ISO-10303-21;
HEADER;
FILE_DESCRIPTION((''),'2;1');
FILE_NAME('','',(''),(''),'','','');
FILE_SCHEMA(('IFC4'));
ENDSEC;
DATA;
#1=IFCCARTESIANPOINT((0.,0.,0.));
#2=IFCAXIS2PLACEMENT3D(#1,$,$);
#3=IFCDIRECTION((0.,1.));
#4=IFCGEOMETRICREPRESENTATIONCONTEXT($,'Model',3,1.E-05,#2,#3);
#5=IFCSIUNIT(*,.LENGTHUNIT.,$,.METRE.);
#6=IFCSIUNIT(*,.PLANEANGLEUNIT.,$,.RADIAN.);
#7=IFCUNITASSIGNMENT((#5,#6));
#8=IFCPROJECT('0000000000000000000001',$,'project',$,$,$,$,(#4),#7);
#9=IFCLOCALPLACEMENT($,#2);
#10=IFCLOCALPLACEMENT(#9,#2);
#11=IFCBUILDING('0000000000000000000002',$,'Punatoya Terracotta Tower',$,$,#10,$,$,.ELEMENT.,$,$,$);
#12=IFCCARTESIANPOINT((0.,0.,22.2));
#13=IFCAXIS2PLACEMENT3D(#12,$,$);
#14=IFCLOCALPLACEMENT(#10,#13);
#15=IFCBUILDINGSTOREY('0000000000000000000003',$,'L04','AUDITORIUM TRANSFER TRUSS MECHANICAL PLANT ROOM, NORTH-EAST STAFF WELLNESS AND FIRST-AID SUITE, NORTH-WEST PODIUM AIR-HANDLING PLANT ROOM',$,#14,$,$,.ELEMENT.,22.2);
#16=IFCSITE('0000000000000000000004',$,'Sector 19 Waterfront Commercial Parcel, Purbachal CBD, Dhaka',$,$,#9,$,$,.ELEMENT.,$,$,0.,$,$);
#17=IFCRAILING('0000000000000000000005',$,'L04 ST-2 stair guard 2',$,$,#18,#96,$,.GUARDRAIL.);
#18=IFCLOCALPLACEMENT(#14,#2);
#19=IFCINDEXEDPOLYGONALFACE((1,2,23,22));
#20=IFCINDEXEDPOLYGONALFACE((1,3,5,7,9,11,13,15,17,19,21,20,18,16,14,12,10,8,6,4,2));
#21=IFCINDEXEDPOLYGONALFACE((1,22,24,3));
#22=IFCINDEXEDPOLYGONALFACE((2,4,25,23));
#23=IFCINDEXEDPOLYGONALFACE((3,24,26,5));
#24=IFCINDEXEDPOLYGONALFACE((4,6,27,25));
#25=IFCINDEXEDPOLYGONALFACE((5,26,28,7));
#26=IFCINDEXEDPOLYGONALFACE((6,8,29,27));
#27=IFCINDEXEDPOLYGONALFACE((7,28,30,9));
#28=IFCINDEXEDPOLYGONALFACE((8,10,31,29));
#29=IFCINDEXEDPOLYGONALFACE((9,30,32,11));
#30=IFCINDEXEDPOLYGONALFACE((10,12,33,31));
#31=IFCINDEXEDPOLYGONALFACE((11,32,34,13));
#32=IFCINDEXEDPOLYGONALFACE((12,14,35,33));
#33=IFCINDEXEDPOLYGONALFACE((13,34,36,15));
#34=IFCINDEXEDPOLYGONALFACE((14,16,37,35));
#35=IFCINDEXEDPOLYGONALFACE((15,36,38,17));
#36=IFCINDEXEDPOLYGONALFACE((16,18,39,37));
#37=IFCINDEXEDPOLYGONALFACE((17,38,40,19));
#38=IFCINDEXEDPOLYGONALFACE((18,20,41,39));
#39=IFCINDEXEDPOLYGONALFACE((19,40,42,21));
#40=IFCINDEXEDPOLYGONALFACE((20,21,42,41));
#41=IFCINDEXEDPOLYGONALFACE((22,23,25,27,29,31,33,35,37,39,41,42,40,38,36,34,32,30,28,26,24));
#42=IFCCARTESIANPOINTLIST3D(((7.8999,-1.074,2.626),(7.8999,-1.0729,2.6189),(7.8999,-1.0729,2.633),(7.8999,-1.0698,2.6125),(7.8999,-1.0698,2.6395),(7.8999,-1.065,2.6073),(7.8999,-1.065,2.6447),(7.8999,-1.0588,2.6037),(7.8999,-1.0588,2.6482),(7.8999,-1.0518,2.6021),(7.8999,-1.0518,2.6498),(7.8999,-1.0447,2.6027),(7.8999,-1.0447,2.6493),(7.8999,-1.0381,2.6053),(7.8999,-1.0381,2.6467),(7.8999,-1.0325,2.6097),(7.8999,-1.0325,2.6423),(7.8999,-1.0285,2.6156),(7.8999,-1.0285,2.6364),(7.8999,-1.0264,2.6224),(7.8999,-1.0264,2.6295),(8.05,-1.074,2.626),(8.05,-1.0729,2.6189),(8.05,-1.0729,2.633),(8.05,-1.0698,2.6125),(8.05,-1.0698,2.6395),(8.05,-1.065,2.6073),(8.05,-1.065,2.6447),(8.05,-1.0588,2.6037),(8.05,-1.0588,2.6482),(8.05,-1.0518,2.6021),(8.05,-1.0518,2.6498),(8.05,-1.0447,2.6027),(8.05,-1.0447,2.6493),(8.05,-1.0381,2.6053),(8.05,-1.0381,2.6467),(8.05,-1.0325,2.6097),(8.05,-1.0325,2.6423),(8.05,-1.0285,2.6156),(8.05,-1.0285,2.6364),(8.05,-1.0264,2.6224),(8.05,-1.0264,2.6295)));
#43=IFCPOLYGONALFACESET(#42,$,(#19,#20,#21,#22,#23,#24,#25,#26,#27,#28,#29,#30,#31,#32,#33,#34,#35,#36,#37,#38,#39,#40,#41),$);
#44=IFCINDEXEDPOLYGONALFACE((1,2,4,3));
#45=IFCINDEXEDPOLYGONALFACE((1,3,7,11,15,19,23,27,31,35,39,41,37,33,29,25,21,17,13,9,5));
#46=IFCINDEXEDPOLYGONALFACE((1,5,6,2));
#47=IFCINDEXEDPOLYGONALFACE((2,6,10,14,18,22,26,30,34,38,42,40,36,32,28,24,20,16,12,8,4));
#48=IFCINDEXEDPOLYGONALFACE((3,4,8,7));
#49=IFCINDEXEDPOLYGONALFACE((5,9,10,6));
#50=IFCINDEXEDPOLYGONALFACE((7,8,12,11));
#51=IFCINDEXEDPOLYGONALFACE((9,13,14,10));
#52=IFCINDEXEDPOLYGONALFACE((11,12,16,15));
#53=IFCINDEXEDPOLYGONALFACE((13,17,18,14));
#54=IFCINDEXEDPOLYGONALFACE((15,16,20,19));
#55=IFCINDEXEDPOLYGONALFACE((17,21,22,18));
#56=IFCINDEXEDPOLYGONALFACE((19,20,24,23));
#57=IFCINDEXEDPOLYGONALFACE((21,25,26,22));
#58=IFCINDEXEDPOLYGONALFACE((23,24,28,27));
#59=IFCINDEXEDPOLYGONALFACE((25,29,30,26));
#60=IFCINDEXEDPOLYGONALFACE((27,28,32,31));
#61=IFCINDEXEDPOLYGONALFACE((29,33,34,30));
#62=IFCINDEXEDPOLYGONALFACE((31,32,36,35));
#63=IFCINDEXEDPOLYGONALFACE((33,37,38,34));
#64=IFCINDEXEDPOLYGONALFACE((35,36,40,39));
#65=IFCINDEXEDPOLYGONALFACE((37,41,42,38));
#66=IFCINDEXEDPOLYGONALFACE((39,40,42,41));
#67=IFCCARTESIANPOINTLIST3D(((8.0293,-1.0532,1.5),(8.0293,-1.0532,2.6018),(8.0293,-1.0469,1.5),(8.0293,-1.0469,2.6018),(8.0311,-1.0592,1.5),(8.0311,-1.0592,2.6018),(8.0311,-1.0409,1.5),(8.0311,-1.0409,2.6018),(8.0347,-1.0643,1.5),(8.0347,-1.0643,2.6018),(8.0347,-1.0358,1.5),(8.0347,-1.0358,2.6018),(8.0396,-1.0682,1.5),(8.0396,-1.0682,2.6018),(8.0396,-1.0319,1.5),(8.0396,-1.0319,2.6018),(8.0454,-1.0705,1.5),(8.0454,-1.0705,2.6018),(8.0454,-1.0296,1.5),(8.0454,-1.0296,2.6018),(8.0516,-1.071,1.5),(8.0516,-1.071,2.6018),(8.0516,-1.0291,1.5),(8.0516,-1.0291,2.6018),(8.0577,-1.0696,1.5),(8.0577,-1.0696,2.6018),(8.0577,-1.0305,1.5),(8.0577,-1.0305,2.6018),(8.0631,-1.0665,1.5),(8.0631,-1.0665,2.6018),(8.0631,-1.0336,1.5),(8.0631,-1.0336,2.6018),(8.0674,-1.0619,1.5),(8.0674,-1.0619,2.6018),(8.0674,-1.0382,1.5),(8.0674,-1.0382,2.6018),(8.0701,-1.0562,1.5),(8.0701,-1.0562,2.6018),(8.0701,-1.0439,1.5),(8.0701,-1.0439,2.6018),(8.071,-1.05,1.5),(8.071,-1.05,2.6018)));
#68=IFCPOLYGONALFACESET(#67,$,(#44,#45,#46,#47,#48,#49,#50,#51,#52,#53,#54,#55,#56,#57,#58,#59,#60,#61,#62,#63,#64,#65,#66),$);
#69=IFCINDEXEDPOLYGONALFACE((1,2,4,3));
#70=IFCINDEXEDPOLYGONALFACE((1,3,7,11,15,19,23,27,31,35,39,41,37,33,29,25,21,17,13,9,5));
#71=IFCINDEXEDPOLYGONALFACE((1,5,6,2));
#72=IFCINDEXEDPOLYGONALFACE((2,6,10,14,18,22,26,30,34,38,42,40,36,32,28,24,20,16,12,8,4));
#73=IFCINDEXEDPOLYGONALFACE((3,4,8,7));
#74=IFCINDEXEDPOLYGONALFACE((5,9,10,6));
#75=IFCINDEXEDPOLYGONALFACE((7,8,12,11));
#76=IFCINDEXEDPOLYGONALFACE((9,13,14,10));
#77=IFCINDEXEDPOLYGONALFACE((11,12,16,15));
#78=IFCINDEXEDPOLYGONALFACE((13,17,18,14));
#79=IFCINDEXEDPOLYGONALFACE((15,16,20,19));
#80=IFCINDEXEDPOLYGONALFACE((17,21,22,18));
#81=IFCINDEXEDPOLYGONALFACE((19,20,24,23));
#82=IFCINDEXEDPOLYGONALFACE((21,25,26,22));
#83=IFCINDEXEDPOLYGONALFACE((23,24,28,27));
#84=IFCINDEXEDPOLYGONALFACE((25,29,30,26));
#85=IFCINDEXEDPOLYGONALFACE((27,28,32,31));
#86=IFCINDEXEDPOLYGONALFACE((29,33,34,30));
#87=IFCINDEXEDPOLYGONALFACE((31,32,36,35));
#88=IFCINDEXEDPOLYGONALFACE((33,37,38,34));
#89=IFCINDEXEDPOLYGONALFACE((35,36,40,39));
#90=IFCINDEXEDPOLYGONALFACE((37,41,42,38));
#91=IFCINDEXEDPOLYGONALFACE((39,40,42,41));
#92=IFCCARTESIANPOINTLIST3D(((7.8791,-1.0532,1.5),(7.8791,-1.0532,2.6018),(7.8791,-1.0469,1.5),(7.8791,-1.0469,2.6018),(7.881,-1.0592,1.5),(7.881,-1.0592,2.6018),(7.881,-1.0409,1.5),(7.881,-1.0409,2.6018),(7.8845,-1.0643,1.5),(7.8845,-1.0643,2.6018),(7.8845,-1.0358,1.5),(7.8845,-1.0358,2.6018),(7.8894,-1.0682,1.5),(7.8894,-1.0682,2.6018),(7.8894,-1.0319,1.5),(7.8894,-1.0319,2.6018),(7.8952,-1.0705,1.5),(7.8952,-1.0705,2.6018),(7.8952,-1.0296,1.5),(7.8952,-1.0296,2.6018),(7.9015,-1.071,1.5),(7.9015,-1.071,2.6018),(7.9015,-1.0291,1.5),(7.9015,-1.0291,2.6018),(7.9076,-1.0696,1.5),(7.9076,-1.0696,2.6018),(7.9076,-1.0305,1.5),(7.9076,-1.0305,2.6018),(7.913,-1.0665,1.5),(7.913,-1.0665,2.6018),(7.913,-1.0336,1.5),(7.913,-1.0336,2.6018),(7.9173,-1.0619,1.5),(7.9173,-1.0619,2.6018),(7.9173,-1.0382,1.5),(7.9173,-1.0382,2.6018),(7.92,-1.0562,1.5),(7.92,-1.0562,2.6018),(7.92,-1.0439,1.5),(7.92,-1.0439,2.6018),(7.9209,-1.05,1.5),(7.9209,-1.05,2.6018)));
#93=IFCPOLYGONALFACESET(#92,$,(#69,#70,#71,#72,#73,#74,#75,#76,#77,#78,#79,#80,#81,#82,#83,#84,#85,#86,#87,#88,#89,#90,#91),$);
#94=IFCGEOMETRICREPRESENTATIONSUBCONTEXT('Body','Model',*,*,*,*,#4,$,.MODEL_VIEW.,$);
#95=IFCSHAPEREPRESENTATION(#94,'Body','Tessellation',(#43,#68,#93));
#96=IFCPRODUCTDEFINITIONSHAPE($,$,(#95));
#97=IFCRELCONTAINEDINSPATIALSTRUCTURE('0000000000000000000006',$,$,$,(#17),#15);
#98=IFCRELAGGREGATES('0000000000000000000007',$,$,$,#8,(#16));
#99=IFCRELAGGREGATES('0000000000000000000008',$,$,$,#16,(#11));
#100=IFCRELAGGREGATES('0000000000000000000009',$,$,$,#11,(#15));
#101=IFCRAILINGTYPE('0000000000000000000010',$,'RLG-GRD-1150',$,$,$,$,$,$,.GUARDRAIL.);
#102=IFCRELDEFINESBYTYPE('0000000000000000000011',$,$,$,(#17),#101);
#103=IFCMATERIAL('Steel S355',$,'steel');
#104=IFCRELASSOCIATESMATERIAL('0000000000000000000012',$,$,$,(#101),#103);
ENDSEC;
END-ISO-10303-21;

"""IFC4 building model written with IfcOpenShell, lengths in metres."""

from ifc_helpers import new_model, si_unit, direction, frame, origin, origin_2d, place, context, subcontext, project, spatial, circle, extrude, material, type_object, element, save


model = new_model("IFC4")

# Units and contexts
model_context = context("Model", 3, precision=1e-05, world=origin(), true_north=direction((0.0, 1.0)))
body_context = subcontext(model_context, "Body", "Model", "MODEL_VIEW")
ifc_project = project(units=[si_unit("LENGTHUNIT", "METRE"), si_unit("PLANEANGLEUNIT", "RADIAN")], contexts=[model_context])

# Site, building, storey
site_placement = place(None, origin())
site = spatial("IfcSite", under=ifc_project, at=site_placement, Name="Sector 19 Waterfront Commercial Parcel, Purbachal CBD, Dhaka", CompositionType="ELEMENT", RefElevation=0.0)
building_placement = place(site_placement, origin())
building = spatial("IfcBuilding", under=site, at=building_placement, Name="Punatoya Terracotta Tower", CompositionType="ELEMENT")
storey_placement = place(building_placement, frame((0.0, 0.0, 22.2)))
storey = spatial("IfcBuildingStorey", under=building, at=storey_placement, Name="L04", Description="AUDITORIUM TRANSFER TRUSS MECHANICAL PLANT ROOM, NORTH-EAST STAFF WELLNESS AND FIRST-AID SUITE, NORTH-WEST PODIUM AIR-HANDLING PLANT ROOM", CompositionType="ELEMENT", Elevation=22.2)

# Shared definitions
ifc_material_1 = material(Name="Steel S355", Category="steel")

# Railing
railing_type_1 = type_object("IfcRailingType", Name="RLG-GRD-1150", PredefinedType="GUARDRAIL", material=ifc_material_1)
railing_1_placement = place(storey_placement, frame((8.05, -1.05, 1.5)))
element("IfcRailing", 1, at=railing_1_placement, inside=storey, type_object=railing_type_1, Name="L04 ST-2 stair guard 2", PredefinedType="GUARDRAIL", context=body_context, shape_type="SweptSolid", body=[
    extrude(circle(Radius=0.0239, at=origin_2d()), frame((0.0, 0.0, 1.126), z_axis=(-1.0, 0.0, 0.0), x_axis=(0.0, -1.0, 0.0)), (0.0, 0.0, 1.0), 0.1501),
    extrude(circle(Radius=0.021, at=origin_2d()), origin(), (0.0, 0.0, 1.0), 1.1018),
    extrude(circle(Radius=0.021, at=origin_2d()), frame((-0.1501, 0.0, 0.0)), (0.0, 0.0, 1.0), 1.1018),
])

save(model, "model.ifc")
